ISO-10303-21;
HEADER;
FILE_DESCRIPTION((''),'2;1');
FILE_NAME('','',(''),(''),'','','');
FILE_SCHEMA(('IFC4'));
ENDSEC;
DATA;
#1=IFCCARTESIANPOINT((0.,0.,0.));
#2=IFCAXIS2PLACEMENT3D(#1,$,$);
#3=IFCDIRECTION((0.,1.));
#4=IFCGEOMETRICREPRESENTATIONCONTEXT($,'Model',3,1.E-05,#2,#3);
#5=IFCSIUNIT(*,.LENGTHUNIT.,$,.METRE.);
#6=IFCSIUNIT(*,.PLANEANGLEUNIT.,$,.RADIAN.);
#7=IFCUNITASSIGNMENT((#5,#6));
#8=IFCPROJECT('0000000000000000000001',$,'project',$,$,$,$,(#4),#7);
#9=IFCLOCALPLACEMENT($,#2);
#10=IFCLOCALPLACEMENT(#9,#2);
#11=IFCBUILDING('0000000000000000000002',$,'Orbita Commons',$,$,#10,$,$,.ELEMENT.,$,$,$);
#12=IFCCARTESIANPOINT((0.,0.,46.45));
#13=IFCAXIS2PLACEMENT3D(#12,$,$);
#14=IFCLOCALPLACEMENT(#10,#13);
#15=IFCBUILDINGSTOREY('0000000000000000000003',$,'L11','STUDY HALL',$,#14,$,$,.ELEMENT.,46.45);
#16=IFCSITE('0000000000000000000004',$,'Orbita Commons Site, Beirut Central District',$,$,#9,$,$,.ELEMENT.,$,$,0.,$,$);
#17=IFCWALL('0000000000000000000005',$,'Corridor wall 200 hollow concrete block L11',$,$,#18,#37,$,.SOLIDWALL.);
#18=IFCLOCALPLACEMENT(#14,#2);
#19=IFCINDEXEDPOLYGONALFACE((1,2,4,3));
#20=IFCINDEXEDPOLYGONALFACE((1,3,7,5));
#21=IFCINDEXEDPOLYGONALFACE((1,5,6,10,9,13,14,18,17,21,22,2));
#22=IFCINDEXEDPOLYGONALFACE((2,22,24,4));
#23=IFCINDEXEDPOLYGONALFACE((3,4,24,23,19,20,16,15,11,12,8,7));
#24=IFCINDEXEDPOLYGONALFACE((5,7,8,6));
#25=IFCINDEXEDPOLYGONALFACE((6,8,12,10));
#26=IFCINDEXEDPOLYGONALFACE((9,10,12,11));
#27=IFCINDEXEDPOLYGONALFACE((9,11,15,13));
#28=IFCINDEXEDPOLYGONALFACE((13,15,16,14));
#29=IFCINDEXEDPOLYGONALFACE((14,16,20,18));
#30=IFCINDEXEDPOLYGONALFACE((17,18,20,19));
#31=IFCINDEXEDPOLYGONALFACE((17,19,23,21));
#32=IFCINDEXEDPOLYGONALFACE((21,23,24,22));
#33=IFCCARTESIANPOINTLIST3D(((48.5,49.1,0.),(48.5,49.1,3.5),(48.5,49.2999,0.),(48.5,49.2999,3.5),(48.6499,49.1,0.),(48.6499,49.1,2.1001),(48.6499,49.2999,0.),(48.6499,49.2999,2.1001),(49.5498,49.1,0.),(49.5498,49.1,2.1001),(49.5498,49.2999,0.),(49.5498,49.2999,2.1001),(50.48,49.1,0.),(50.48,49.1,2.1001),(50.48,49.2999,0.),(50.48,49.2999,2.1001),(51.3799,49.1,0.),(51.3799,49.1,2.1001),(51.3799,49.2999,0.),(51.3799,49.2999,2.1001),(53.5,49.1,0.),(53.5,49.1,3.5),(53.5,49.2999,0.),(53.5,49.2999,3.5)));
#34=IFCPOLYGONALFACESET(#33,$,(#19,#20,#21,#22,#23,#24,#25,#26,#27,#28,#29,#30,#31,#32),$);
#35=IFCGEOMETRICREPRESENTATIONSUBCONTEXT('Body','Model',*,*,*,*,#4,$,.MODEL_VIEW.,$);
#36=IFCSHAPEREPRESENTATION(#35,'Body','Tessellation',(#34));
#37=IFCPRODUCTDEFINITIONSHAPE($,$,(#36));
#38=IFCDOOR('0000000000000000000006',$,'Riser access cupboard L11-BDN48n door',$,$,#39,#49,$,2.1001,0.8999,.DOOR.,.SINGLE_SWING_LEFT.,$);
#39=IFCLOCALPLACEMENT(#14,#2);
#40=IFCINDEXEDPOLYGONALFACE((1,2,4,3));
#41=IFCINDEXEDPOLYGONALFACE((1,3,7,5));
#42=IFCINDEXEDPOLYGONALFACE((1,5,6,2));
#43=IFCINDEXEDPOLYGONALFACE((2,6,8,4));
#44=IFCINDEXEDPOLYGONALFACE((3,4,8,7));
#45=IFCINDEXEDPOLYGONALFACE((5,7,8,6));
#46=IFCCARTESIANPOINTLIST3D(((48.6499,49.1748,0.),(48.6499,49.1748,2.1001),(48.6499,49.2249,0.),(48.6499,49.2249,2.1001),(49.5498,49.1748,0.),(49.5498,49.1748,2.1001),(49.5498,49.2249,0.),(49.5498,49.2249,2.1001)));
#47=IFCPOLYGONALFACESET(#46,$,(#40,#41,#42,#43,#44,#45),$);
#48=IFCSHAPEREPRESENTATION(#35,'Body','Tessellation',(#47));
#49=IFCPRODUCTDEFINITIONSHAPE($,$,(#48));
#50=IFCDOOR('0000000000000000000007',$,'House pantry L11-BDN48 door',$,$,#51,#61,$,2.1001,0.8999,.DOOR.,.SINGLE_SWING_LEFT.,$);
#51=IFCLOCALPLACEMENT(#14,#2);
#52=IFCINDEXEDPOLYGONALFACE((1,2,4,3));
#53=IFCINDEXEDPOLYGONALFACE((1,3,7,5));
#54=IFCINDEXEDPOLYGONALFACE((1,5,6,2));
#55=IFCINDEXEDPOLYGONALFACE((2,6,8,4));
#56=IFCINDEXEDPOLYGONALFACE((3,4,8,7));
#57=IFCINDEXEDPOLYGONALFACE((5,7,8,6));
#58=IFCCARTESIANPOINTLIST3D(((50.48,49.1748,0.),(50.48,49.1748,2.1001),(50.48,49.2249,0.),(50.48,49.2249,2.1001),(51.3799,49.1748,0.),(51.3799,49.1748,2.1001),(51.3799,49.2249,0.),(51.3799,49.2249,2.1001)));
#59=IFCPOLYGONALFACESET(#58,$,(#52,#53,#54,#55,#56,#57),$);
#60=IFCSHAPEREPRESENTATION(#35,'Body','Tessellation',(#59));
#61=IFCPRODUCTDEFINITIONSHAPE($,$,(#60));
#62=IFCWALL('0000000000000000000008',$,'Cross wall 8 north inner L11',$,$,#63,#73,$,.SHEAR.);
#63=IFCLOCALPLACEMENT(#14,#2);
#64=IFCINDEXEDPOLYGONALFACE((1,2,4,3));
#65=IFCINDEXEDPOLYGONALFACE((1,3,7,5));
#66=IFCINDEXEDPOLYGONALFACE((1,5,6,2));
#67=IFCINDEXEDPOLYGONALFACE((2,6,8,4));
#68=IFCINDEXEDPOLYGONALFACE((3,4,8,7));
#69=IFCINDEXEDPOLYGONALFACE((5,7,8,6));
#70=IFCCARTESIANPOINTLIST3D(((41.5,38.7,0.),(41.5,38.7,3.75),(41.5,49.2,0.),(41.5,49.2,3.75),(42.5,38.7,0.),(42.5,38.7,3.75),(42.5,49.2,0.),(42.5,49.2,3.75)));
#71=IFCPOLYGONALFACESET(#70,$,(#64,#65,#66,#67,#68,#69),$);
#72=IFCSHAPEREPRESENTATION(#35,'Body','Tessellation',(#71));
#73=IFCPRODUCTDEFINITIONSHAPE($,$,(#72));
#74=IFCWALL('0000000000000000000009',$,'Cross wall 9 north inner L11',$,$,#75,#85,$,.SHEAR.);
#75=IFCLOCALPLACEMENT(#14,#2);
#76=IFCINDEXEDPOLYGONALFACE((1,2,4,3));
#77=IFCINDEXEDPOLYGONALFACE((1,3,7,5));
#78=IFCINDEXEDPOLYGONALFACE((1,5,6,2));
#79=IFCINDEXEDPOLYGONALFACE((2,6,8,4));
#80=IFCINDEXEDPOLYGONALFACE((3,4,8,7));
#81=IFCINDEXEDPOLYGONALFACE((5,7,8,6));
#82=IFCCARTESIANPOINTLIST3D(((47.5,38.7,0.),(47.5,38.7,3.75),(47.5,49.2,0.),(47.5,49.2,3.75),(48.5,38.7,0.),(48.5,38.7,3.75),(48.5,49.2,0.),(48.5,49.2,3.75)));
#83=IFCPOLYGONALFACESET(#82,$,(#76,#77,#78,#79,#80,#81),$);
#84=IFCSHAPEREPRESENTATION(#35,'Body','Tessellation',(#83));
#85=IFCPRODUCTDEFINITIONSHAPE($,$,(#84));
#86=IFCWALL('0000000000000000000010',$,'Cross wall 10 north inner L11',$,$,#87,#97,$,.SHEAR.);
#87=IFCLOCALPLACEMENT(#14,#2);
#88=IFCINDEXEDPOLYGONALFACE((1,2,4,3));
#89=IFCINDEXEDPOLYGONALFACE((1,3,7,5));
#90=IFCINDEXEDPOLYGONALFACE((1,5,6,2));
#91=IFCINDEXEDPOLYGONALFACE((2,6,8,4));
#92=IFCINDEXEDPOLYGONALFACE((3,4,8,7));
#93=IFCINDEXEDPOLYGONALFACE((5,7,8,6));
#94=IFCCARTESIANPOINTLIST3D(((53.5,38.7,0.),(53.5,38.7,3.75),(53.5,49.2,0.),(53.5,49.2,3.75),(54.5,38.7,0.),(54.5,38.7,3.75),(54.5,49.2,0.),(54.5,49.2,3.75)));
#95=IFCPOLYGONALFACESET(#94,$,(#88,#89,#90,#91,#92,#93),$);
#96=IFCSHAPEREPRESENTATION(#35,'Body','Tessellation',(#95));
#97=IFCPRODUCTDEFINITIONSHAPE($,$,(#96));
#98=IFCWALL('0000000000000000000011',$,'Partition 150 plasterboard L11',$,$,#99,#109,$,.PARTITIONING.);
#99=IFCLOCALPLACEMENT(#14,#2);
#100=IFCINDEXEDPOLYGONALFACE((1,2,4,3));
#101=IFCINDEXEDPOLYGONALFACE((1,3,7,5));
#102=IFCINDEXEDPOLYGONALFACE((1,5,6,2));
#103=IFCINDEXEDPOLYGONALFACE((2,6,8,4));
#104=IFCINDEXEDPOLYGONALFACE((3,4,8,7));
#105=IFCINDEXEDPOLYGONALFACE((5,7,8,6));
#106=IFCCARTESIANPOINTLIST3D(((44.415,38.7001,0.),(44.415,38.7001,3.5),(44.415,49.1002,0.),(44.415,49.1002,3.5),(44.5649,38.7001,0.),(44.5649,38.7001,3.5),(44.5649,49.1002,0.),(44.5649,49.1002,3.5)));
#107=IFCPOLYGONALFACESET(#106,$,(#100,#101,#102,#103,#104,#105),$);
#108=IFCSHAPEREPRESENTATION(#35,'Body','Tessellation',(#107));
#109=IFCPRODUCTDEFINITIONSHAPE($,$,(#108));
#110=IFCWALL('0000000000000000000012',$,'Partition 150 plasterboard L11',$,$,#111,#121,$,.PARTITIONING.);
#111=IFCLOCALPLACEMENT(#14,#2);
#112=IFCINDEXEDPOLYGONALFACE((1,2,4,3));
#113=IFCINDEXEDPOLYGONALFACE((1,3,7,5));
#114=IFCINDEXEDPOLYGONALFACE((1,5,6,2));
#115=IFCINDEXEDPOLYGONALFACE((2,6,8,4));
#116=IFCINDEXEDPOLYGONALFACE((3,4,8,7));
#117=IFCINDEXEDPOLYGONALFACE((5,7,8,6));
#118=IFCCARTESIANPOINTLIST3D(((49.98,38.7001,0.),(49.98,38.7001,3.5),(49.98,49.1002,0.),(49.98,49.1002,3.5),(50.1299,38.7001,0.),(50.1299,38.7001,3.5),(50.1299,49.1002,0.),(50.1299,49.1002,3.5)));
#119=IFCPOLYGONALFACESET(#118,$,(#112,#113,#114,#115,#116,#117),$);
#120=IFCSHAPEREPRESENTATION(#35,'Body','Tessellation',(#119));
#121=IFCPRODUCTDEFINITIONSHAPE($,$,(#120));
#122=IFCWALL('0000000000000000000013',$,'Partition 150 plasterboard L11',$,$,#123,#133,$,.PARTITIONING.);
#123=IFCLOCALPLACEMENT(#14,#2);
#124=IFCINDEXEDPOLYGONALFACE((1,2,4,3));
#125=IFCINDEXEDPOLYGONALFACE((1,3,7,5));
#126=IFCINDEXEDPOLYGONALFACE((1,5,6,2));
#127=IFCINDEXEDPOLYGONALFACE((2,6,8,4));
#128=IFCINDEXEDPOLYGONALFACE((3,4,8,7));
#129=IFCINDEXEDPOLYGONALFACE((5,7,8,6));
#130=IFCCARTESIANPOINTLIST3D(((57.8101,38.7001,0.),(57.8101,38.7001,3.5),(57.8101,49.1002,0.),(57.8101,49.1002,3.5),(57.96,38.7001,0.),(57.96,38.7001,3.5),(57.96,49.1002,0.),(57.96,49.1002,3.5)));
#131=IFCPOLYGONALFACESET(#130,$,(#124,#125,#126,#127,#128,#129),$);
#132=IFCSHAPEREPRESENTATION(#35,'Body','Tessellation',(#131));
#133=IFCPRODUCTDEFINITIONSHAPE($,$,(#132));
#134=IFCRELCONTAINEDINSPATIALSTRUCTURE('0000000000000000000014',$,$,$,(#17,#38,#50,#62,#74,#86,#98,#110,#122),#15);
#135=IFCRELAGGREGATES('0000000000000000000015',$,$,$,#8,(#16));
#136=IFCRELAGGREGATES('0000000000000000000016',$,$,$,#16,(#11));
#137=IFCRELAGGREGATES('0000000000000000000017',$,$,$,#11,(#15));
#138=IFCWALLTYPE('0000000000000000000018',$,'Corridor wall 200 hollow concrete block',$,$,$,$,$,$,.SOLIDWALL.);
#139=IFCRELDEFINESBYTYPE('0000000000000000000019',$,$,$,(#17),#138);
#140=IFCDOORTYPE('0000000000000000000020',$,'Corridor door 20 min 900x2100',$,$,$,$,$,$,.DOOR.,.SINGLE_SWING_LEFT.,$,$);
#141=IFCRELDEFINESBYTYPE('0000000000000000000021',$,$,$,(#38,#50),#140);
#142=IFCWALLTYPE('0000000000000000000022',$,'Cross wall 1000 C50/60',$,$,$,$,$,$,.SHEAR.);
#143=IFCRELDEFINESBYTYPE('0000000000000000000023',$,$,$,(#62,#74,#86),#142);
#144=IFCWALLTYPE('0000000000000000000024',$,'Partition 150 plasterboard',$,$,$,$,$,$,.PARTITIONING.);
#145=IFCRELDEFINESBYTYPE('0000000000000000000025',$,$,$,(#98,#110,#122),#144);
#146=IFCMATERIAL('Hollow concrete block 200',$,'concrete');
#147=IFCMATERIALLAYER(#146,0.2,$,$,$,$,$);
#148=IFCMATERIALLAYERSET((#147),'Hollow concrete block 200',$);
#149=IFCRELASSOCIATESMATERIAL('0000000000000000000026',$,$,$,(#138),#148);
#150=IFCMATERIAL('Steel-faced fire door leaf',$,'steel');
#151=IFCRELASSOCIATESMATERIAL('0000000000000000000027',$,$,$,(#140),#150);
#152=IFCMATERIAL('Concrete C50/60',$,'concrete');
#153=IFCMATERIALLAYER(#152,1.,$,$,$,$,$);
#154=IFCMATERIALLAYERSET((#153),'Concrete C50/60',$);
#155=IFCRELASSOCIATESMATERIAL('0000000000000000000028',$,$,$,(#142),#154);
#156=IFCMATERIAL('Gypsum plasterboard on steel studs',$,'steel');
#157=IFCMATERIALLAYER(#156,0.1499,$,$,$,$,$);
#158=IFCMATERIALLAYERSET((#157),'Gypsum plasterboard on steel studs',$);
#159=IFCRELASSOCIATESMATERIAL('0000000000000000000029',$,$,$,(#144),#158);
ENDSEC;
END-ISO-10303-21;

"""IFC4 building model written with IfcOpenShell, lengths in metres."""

from ifc_helpers import new_model, si_unit, direction, frame, frame_2d, origin, place, context, subcontext, project, spatial, rectangle, extrude, material, layer, layer_set, type_object, element, fill, save


model = new_model("IFC4")

# Units and contexts
model_context = context("Model", 3, precision=1e-05, world=origin(), true_north=direction((0.0, 1.0)))
body_context = subcontext(model_context, "Body", "Model", "MODEL_VIEW")
ifc_project = project(units=[si_unit("LENGTHUNIT", "METRE"), si_unit("PLANEANGLEUNIT", "RADIAN")], contexts=[model_context])

# Site, building, storey
site_placement = place(None, origin())
site = spatial("IfcSite", under=ifc_project, at=site_placement, Name="Orbita Commons Site, Beirut Central District", CompositionType="ELEMENT", RefElevation=0.0)
building_placement = place(site_placement, origin())
building = spatial("IfcBuilding", under=site, at=building_placement, Name="Orbita Commons", CompositionType="ELEMENT")
storey_placement = place(building_placement, frame((0.0, 0.0, 46.45)))
storey = spatial("IfcBuildingStorey", under=building, at=storey_placement, Name="L11", Description="STUDY HALL", CompositionType="ELEMENT", Elevation=46.45)

# Wall, openings, doors
ifc_material_1 = material(Name="Hollow concrete block 200", Category="concrete")
ifc_layer_1 = layer(ifc_material_1, 0.2)
ifc_layer_set_1 = layer_set([ifc_layer_1], Name="Hollow concrete block 200")
wall_type_1 = type_object("IfcWallType", Name="Corridor wall 200 hollow concrete block", PredefinedType="SOLIDWALL", material=ifc_layer_set_1)
ifc_material_2 = material(Name="Steel-faced fire door leaf", Category="steel")
door_type = type_object("IfcDoorType", Name="Corridor door 20 min 900x2100", OperationType="SINGLE_SWING_LEFT", PredefinedType="DOOR", material=ifc_material_2)
wall_1_placement = place(storey_placement, frame((48.5, 49.2, 0.0), z_axis=(0.0, 0.0, 1.0), x_axis=(1.0, 0.0, 0.0)))
wall_1 = element("IfcWall", 1, at=wall_1_placement, inside=storey, type_object=wall_type_1, Name="Corridor wall 200 hollow concrete block L11", PredefinedType="SOLIDWALL", context=body_context, shape_type="SweptSolid", body=[
    extrude(rectangle(XDim=5.0, YDim=0.2, at=frame_2d((2.5, 0.0))), origin(), (0.0, 0.0, 1.0), 3.5),
])
opening_1_placement = place(wall_1_placement, frame((0.1499, 0.0, 0.0)))
opening_1 = element("IfcOpeningElement", 2, at=opening_1_placement, cuts=wall_1, PredefinedType="OPENING", context=body_context, shape_type="SweptSolid", body=[
    extrude(rectangle(XDim=0.8999, YDim=2.1001, at=frame_2d((0.45, 1.05))), frame((0.0, 0.1099, 0.0), z_axis=(0.0, -1.0, 0.0), x_axis=(1.0, 0.0, 0.0)), (0.0, 0.0, 1.0), 0.22),
])
opening_2_placement = place(wall_1_placement, frame((1.98, 0.0, 0.0)))
opening_2 = element("IfcOpeningElement", 3, at=opening_2_placement, cuts=wall_1, PredefinedType="OPENING", context=body_context, shape_type="SweptSolid", body=[
    extrude(rectangle(XDim=0.8999, YDim=2.1001, at=frame_2d((0.45, 1.05))), frame((0.0, 0.1099, 0.0), z_axis=(0.0, -1.0, 0.0), x_axis=(1.0, 0.0, 0.0)), (0.0, 0.0, 1.0), 0.22),
])
door_1_placement = place(opening_1_placement, origin())
door_1 = element("IfcDoor", 4, at=door_1_placement, inside=storey, type_object=door_type, Name="Riser access cupboard L11-BDN48n door", OperationType="SINGLE_SWING_LEFT", OverallHeight=2.1001, OverallWidth=0.8999, PredefinedType="DOOR", context=body_context, shape_type="SweptSolid", body=[
    extrude(rectangle(XDim=0.8999, YDim=2.1001, at=frame_2d((0.45, 1.05))), frame((0.0, 0.0249, 0.0), z_axis=(0.0, -1.0, 0.0), x_axis=(1.0, 0.0, 0.0)), (0.0, 0.0, 1.0), 0.05),
])
fill(opening_1, door_1)
door_2_placement = place(opening_2_placement, origin())
door_2 = element("IfcDoor", 5, at=door_2_placement, inside=storey, type_object=door_type, Name="House pantry L11-BDN48 door", OperationType="SINGLE_SWING_LEFT", OverallHeight=2.1001, OverallWidth=0.8999, PredefinedType="DOOR", context=body_context, shape_type="SweptSolid", body=[
    extrude(rectangle(XDim=0.8999, YDim=2.1001, at=frame_2d((0.45, 1.05))), frame((0.0, 0.0249, 0.0), z_axis=(0.0, -1.0, 0.0), x_axis=(1.0, 0.0, 0.0)), (0.0, 0.0, 1.0), 0.05),
])
fill(opening_2, door_2)

# Walls
ifc_material_3 = material(Name="Concrete C50/60", Category="concrete")
ifc_layer_2 = layer(ifc_material_3, 1.0)
ifc_layer_set_2 = layer_set([ifc_layer_2], Name="Concrete C50/60")
wall_type_2 = type_object("IfcWallType", Name="Cross wall 1000 C50/60", PredefinedType="SHEAR", material=ifc_layer_set_2)
for number, where, z_axis, x_axis, name in (
    (6, (42.0, 38.7, 0.0), (0.0, 0.0, 1.0), (0.0, 1.0, 0.0), "Cross wall 8 north inner L11"),
    (7, (48.0, 38.7, 0.0), (0.0, 0.0, 1.0), (0.0, 1.0, 0.0), "Cross wall 9 north inner L11"),
    (8, (54.0, 38.7, 0.0), (0.0, 0.0, 1.0), (0.0, 1.0, 0.0), "Cross wall 10 north inner L11"),
):
    element("IfcWall", number, at=place(storey_placement, frame(where, z_axis=z_axis, x_axis=x_axis)), inside=storey, type_object=wall_type_2, Name=name, PredefinedType="SHEAR", context=body_context, shape_type="SweptSolid", body=[
        extrude(rectangle(XDim=10.5, YDim=1.0, at=frame_2d((5.25, 0.0))), origin(), (0.0, 0.0, 1.0), 3.75),
    ])
ifc_material_4 = material(Name="Gypsum plasterboard on steel studs", Category="steel")
ifc_layer_3 = layer(ifc_material_4, 0.1499)
ifc_layer_set_3 = layer_set([ifc_layer_3], Name="Gypsum plasterboard on steel studs")
wall_type_3 = type_object("IfcWallType", Name="Partition 150 plasterboard", PredefinedType="PARTITIONING", material=ifc_layer_set_3)
for number, where, z_axis, x_axis, name in (
    (9, (44.49, 38.7, 0.0), (0.0, 0.0, 1.0), (0.0, 1.0, 0.0), "Partition 150 plasterboard L11"),
    (10, (50.0549, 38.7, 0.0), (0.0, 0.0, 1.0), (0.0, 1.0, 0.0), "Partition 150 plasterboard L11"),
    (11, (57.885, 38.7, 0.0), (0.0, 0.0, 1.0), (0.0, 1.0, 0.0), "Partition 150 plasterboard L11"),
):
    element("IfcWall", number, at=place(storey_placement, frame(where, z_axis=z_axis, x_axis=x_axis)), inside=storey, type_object=wall_type_3, Name=name, PredefinedType="PARTITIONING", context=body_context, shape_type="SweptSolid", body=[
        extrude(rectangle(XDim=10.4001, YDim=0.1499, at=frame_2d((5.2002, 0.0))), origin(), (0.0, 0.0, 1.0), 3.5),
    ])

save(model, "model.ifc")
